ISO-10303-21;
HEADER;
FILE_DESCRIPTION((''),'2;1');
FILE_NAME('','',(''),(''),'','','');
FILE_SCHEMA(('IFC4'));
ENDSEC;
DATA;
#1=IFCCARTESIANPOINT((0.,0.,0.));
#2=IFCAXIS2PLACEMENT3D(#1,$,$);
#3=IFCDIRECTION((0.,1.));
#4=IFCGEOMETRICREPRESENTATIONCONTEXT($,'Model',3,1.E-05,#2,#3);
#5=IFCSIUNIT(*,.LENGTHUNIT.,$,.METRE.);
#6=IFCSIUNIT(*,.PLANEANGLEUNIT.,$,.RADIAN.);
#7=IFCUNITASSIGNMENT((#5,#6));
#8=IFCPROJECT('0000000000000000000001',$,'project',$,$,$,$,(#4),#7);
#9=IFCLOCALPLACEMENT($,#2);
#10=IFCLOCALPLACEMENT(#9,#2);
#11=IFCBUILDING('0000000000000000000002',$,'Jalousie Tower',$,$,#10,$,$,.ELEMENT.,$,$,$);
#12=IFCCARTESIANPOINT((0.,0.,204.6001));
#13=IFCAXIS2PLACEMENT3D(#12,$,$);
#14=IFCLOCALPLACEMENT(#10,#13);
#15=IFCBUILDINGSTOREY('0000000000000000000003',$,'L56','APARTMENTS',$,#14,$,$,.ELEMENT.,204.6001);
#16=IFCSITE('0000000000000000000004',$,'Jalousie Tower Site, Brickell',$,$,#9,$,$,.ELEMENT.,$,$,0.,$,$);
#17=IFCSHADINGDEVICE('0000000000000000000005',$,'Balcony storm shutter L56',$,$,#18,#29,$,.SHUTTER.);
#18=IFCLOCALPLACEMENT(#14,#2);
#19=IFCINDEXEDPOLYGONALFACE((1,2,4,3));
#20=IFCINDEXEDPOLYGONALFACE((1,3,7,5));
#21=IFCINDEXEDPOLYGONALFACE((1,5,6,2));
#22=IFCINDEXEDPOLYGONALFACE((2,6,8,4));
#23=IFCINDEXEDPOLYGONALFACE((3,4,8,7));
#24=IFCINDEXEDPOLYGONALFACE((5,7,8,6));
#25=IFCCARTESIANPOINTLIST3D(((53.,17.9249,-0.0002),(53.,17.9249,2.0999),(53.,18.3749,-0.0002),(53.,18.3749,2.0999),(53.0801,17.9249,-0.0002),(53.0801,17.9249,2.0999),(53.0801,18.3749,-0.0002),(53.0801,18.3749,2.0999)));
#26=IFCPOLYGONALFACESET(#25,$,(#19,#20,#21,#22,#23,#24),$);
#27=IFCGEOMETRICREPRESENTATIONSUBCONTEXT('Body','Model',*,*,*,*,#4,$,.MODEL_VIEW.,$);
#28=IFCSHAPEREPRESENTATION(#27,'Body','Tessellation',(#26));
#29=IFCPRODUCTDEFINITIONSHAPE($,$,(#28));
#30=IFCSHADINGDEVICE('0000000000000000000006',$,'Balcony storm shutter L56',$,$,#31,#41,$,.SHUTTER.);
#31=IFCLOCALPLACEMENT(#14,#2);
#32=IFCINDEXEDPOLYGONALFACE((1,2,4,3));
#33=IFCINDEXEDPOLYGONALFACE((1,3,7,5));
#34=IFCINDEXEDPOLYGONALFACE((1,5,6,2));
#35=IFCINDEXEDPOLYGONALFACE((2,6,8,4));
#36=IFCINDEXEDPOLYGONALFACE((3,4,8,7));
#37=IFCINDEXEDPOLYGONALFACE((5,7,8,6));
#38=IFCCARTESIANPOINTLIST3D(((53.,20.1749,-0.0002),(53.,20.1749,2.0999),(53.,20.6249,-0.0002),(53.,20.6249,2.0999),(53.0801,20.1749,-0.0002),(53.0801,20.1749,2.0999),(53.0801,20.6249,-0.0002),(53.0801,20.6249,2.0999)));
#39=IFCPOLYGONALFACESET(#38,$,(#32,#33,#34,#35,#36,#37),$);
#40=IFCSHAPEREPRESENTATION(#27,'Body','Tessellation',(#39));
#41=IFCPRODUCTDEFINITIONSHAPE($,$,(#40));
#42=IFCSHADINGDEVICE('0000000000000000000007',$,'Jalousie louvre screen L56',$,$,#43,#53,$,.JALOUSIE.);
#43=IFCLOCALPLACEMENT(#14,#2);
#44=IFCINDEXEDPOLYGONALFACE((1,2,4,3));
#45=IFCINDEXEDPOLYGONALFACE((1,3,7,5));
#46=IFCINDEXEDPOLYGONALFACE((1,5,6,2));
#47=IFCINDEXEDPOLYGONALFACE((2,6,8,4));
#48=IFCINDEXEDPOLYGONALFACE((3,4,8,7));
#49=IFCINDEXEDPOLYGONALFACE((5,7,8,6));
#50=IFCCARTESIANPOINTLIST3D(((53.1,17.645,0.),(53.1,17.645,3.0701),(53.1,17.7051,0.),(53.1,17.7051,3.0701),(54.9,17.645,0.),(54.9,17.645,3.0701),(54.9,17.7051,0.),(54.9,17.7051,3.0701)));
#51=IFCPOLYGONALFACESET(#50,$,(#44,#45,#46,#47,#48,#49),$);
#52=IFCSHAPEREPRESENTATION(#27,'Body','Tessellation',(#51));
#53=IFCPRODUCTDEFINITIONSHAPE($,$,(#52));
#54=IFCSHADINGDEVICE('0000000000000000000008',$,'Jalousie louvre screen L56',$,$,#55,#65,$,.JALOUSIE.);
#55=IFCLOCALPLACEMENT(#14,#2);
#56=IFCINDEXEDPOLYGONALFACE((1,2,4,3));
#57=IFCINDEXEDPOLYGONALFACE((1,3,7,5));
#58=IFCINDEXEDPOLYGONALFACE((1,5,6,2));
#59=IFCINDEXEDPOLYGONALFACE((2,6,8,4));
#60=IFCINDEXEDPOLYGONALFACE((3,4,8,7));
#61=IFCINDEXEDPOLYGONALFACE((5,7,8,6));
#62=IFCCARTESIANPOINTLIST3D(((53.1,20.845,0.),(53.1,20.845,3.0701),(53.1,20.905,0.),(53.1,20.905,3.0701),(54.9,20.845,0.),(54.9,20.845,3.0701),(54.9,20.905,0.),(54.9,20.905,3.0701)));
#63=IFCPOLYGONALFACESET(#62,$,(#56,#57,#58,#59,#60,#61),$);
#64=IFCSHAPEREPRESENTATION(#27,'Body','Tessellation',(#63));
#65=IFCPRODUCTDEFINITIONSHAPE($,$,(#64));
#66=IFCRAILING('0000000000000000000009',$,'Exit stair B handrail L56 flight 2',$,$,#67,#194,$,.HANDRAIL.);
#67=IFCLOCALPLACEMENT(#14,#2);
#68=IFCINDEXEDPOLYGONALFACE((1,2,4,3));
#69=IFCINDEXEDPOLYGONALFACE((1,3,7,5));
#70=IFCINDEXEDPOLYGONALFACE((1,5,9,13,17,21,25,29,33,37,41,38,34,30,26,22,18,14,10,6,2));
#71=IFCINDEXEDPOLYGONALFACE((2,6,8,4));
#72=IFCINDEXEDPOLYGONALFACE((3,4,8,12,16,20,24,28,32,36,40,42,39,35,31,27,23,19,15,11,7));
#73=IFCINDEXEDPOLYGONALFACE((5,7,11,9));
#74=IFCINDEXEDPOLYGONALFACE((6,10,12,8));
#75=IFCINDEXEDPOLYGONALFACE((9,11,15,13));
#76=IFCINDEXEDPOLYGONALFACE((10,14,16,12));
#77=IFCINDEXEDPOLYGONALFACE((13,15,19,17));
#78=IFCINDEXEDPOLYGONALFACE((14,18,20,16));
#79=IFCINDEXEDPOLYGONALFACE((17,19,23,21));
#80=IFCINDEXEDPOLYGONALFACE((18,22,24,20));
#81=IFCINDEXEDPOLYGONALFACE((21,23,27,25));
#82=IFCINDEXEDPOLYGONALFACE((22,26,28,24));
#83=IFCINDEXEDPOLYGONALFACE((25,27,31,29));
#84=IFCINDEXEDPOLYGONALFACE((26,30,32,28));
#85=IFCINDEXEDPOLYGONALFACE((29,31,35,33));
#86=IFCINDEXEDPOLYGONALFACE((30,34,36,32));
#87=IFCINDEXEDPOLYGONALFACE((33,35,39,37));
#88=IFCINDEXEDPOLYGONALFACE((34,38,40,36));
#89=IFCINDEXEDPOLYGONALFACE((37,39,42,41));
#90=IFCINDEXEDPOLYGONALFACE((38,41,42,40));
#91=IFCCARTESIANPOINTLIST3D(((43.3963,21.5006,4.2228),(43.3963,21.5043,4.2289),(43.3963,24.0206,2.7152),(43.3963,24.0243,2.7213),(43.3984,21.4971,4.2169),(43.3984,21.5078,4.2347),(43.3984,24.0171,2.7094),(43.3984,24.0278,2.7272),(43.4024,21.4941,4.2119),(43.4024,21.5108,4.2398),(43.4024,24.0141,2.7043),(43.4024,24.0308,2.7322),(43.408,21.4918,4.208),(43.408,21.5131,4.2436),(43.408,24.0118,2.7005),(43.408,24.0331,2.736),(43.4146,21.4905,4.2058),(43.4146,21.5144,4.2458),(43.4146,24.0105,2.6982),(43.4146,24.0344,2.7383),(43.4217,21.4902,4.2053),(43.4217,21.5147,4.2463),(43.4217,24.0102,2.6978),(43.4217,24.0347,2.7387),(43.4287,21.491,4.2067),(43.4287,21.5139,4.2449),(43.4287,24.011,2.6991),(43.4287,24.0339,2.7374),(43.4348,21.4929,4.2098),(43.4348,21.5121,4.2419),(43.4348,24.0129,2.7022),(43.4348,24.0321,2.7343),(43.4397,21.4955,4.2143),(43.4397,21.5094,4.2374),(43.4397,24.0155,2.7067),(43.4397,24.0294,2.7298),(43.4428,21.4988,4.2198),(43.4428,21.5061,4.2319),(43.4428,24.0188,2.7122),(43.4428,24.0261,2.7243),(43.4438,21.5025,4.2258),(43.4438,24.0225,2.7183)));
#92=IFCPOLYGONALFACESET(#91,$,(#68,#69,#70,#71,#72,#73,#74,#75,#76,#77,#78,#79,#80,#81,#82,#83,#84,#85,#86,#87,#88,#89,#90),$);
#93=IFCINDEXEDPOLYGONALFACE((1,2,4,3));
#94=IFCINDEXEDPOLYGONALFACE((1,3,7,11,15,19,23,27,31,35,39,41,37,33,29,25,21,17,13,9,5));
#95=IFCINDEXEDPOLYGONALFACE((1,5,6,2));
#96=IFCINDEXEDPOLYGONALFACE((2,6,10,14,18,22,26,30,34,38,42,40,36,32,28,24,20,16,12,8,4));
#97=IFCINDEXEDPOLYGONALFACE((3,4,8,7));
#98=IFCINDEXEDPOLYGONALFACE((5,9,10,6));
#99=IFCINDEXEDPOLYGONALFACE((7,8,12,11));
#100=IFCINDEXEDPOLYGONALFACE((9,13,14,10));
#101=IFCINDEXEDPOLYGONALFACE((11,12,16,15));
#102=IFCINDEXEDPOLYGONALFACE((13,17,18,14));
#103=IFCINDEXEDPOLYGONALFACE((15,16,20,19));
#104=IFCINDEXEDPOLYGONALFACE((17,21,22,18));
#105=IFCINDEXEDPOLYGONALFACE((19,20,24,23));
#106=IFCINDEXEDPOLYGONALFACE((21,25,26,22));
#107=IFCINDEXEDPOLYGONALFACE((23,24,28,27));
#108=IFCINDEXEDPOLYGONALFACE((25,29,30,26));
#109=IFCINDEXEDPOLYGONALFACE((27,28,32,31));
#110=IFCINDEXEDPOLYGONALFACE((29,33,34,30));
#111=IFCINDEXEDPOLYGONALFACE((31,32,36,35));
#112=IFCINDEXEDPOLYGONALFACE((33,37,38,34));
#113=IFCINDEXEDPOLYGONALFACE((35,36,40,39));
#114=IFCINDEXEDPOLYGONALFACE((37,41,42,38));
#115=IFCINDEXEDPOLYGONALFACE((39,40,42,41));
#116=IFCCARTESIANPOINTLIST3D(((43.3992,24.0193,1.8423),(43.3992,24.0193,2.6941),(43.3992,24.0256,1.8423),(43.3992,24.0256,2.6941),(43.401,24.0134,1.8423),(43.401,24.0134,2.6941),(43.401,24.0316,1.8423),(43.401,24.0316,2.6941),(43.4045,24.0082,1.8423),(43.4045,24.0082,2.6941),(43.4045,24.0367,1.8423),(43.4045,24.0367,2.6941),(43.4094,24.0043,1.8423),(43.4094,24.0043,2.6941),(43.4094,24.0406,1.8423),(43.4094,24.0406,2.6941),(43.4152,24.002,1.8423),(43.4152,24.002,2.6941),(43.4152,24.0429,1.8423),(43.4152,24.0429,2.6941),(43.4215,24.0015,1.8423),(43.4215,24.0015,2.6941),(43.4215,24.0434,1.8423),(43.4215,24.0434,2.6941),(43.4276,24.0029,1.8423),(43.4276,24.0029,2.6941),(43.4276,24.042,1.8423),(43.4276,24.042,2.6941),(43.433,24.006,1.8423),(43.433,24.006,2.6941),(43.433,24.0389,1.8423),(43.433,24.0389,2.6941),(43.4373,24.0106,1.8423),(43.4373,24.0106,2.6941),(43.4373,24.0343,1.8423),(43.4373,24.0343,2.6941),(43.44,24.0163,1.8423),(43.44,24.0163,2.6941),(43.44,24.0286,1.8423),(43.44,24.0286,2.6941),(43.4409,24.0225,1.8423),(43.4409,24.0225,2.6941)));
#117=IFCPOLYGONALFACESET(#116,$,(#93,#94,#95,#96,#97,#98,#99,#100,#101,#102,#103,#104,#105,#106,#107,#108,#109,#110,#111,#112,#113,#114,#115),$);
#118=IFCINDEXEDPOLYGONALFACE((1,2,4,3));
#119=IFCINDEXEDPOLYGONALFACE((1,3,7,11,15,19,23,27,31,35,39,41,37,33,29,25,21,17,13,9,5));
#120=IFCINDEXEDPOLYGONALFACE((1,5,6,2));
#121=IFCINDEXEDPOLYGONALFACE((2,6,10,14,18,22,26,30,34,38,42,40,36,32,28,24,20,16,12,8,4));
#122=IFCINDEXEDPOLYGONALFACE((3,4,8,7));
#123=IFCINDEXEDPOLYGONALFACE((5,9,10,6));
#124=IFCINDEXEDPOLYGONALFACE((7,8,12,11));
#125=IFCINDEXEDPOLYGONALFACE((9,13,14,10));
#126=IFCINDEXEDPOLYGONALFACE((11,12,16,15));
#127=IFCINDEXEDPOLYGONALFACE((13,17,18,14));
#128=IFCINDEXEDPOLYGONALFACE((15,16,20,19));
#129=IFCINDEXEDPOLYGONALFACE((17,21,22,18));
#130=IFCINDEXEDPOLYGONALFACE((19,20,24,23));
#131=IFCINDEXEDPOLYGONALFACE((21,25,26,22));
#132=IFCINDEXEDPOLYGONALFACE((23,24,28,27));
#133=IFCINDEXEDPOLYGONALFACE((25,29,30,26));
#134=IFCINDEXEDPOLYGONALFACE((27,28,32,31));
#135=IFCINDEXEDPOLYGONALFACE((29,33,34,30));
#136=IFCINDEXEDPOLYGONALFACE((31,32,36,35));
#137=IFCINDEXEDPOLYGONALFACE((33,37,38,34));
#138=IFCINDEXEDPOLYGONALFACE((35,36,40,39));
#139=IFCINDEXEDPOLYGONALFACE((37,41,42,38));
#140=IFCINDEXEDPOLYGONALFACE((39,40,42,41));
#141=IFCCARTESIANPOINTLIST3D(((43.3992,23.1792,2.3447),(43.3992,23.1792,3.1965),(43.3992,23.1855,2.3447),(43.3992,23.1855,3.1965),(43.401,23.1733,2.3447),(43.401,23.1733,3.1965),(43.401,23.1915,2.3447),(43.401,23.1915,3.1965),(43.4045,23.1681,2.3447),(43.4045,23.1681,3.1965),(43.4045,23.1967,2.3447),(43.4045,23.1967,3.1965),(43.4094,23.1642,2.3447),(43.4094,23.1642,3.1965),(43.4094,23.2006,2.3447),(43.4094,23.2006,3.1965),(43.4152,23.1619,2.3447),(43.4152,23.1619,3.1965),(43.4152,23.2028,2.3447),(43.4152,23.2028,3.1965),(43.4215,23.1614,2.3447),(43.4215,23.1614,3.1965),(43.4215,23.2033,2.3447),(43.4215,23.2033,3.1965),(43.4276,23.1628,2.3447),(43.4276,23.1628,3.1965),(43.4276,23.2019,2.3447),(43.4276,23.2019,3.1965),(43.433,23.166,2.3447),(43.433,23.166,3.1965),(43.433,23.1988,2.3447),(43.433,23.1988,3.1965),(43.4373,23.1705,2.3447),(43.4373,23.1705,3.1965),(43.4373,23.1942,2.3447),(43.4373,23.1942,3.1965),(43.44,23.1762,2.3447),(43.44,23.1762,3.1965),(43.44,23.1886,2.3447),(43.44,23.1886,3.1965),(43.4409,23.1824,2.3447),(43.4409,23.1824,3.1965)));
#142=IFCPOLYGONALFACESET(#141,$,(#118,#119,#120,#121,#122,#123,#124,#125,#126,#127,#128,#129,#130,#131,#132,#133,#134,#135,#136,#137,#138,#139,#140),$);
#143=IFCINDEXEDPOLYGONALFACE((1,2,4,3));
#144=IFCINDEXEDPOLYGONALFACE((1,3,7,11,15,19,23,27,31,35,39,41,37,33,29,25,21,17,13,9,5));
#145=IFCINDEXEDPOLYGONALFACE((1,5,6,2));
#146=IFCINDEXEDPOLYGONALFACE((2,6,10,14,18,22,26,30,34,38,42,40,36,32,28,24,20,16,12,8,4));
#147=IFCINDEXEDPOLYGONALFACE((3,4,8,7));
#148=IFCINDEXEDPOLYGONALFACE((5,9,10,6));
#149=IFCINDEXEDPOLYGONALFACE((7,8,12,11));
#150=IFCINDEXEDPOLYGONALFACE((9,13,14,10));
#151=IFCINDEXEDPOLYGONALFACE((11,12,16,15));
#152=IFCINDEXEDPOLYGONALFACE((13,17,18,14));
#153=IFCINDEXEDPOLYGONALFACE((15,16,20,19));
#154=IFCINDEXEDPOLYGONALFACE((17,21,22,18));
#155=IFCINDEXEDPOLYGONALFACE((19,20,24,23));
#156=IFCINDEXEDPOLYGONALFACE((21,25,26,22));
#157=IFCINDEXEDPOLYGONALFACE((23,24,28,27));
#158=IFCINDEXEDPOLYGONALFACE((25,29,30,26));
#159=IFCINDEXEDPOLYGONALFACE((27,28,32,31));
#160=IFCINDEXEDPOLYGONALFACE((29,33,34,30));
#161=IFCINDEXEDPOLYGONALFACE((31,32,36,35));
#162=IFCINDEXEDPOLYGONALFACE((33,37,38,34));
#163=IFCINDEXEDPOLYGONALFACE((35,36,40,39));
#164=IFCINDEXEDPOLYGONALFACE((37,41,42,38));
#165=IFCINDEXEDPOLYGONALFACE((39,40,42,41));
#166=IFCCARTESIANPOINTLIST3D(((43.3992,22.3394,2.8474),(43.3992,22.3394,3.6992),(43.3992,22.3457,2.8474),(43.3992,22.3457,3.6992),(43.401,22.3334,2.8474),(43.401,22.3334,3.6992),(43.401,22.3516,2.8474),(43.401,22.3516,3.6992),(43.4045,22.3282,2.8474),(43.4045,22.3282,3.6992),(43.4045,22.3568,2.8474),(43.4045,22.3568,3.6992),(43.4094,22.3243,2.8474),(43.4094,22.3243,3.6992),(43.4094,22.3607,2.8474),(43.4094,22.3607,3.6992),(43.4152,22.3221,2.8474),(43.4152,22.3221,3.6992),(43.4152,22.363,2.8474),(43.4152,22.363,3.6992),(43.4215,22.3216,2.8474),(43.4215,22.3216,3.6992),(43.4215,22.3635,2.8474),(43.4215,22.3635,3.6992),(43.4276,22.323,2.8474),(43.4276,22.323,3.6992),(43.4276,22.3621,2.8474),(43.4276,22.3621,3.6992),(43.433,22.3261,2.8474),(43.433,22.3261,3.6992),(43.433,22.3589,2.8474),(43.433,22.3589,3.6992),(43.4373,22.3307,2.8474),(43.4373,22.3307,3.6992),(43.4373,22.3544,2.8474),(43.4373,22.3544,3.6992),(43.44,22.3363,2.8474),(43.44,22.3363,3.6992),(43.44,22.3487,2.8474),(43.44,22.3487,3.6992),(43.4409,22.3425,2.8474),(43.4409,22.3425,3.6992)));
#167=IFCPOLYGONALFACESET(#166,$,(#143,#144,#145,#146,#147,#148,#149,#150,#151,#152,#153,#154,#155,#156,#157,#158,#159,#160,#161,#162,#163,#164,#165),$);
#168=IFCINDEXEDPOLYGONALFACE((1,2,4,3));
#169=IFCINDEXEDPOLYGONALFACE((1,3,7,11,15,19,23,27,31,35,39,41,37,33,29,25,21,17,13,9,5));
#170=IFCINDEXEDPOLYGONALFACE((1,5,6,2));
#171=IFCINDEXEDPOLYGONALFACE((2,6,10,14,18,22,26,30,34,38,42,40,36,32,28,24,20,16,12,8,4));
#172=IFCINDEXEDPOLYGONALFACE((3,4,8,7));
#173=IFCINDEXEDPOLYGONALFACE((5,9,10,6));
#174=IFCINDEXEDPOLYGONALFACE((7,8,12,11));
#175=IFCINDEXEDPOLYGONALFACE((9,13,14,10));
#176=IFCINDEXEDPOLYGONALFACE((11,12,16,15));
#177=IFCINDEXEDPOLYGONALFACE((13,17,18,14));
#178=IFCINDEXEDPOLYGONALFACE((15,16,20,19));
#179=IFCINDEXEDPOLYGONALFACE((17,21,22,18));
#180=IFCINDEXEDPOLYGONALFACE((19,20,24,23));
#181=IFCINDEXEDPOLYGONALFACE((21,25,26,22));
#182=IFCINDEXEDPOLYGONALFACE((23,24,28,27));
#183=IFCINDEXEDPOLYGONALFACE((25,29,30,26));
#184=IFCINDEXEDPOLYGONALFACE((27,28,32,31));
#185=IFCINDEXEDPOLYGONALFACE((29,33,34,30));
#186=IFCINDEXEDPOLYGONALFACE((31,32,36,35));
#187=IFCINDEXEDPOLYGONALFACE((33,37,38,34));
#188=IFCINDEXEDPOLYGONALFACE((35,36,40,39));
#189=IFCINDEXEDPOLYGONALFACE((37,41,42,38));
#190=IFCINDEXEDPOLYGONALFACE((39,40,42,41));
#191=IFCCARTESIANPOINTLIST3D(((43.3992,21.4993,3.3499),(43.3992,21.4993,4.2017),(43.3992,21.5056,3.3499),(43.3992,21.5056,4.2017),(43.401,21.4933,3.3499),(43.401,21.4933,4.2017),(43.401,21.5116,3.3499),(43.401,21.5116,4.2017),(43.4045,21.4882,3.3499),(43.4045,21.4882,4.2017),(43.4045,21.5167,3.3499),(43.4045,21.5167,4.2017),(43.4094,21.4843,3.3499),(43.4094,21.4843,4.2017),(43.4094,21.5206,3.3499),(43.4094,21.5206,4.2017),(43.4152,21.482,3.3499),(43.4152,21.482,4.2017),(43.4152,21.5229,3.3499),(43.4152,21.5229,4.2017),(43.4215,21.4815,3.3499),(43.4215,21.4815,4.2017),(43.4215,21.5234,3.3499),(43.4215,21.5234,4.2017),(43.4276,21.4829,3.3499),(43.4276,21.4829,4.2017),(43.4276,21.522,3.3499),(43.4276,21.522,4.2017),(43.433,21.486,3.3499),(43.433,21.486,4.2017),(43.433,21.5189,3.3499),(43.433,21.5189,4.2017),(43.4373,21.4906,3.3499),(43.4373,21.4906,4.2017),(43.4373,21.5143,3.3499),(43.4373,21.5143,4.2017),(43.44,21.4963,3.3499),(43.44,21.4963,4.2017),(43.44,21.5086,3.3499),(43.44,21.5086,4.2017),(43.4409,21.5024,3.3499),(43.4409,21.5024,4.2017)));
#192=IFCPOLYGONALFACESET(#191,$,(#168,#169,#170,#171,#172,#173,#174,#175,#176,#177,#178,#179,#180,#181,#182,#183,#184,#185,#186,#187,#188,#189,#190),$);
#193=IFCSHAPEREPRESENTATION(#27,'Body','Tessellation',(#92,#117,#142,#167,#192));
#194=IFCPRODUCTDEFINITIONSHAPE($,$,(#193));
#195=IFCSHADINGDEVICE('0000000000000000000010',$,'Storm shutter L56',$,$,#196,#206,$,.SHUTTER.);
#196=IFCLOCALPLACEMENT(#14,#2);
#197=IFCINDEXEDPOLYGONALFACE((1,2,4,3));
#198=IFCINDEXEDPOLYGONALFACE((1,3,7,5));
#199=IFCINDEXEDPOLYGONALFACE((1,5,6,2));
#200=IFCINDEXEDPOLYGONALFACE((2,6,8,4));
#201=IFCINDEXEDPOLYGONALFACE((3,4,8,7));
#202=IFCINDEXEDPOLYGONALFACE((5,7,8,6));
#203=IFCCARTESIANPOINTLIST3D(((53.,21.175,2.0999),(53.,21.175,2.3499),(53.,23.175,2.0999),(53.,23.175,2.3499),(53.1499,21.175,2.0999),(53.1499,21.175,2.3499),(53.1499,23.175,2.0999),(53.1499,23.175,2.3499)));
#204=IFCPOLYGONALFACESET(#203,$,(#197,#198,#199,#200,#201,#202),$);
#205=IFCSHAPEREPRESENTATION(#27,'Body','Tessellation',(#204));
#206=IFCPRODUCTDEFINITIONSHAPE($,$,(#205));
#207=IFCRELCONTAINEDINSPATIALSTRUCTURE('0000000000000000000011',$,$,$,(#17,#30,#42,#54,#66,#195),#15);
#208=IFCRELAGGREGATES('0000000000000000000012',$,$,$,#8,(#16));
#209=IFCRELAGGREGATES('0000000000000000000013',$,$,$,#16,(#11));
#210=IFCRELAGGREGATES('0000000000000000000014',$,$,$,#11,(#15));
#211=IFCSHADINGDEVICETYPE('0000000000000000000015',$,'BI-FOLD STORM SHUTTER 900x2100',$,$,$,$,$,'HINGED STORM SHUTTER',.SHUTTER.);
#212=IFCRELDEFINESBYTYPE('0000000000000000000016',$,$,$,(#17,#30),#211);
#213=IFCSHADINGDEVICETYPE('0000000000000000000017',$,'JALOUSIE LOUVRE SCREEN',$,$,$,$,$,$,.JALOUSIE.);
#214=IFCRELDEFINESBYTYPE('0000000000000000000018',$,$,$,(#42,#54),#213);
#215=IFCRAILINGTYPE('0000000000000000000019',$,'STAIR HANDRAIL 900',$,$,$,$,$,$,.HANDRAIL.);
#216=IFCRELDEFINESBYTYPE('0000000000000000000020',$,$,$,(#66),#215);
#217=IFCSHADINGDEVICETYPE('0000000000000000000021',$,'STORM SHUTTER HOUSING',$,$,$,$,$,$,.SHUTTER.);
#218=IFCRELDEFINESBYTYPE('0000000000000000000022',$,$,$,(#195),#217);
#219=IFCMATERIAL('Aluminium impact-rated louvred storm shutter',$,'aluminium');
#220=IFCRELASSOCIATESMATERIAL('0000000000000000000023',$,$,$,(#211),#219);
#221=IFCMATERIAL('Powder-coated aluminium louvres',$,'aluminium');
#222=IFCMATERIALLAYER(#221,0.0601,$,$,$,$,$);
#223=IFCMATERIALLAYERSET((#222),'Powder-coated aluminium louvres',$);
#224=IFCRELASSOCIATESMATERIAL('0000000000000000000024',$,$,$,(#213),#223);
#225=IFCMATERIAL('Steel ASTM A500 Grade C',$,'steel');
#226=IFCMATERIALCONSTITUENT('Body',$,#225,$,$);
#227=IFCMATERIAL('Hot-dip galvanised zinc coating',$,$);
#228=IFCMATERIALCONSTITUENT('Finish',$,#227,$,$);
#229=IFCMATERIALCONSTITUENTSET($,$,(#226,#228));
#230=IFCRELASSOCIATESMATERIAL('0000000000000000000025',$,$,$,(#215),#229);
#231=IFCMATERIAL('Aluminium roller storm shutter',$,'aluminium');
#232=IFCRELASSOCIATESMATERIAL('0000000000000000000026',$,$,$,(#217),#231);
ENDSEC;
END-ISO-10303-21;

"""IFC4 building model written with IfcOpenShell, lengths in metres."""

from ifc_helpers import new_model, si_unit, direction, frame, origin, origin_2d, place, context, subcontext, project, spatial, rectangle, circle, extrude, material, layer, layer_set, constituent, constituent_set, type_object, element, save


model = new_model("IFC4")

# Units and contexts
model_context = context("Model", 3, precision=1e-05, world=origin(), true_north=direction((0.0, 1.0)))
body_context = subcontext(model_context, "Body", "Model", "MODEL_VIEW")
ifc_project = project(units=[si_unit("LENGTHUNIT", "METRE"), si_unit("PLANEANGLEUNIT", "RADIAN")], contexts=[model_context])

# Site, building, storey
site_placement = place(None, origin())
site = spatial("IfcSite", under=ifc_project, at=site_placement, Name="Jalousie Tower Site, Brickell", CompositionType="ELEMENT", RefElevation=0.0)
building_placement = place(site_placement, origin())
building = spatial("IfcBuilding", under=site, at=building_placement, Name="Jalousie Tower", CompositionType="ELEMENT")
storey_placement = place(building_placement, frame((0.0, 0.0, 204.6001)))
storey = spatial("IfcBuildingStorey", under=building, at=storey_placement, Name="L56", Description="APARTMENTS", CompositionType="ELEMENT", Elevation=204.6001)

# Shading devices
ifc_material_1 = material(Name="Aluminium impact-rated louvred storm shutter", Category="aluminium")
shading_device_type_1 = type_object("IfcShadingDeviceType", Name="BI-FOLD STORM SHUTTER 900x2100", ElementType="HINGED STORM SHUTTER", PredefinedType="SHUTTER", material=ifc_material_1)
for number, where, z_axis, x_axis, name in (
    (1, (53.04, 18.1499, -0.0002), (0.0, 0.0, 1.0), (0.0, 1.0, 0.0), "Balcony storm shutter L56"),
    (2, (53.04, 20.3999, -0.0002), (0.0, 0.0, 1.0), (0.0, 1.0, 0.0), "Balcony storm shutter L56"),
):
    element("IfcShadingDevice", number, at=place(storey_placement, frame(where, z_axis=z_axis, x_axis=x_axis)), inside=storey, type_object=shading_device_type_1, Name=name, PredefinedType="SHUTTER", context=body_context, shape_type="SweptSolid", body=[
        extrude(rectangle(XDim=0.45, YDim=0.0801, at=origin_2d()), origin(), (0.0, 0.0, 1.0), 2.1001),
    ])

# Shading devices
ifc_material_2 = material(Name="Powder-coated aluminium louvres", Category="aluminium")
ifc_layer_1 = layer(ifc_material_2, 0.0601)
ifc_layer_set_1 = layer_set([ifc_layer_1], Name="Powder-coated aluminium louvres")
shading_device_type_2 = type_object("IfcShadingDeviceType", Name="JALOUSIE LOUVRE SCREEN", PredefinedType="JALOUSIE", material=ifc_layer_set_1)
for number, where, z_axis, x_axis, name in (
    (3, (54.0, 17.675, 0.0), (0.0, 0.0, 1.0), (0.0, 1.0, 0.0), "Jalousie louvre screen L56"),
    (4, (54.0, 20.875, 0.0), (0.0, 0.0, 1.0), (0.0, 1.0, 0.0), "Jalousie louvre screen L56"),
):
    element("IfcShadingDevice", number, at=place(storey_placement, frame(where, z_axis=z_axis, x_axis=x_axis)), inside=storey, type_object=shading_device_type_2, Name=name, PredefinedType="JALOUSIE", context=body_context, shape_type="SweptSolid", body=[
        extrude(rectangle(XDim=0.0601, YDim=1.8, at=origin_2d()), origin(), (0.0, 0.0, 1.0), 3.0701),
    ])

# Railing
ifc_material_3 = material(Name="Steel ASTM A500 Grade C", Category="steel")
ifc_constituent_1 = constituent(ifc_material_3, Name="Body")
ifc_material_4 = material(Name="Hot-dip galvanised zinc coating")
ifc_constituent_2 = constituent(ifc_material_4, Name="Finish")
ifc_constituent_set_1 = constituent_set(constituents=[ifc_constituent_1, ifc_constituent_2])
railing_type_1 = type_object("IfcRailingType", Name="STAIR HANDRAIL 900", PredefinedType="HANDRAIL", material=ifc_constituent_set_1)
railing_1_placement = place(storey_placement, frame((43.4199, 24.0225, 1.8423)))
element("IfcRailing", 5, at=railing_1_placement, inside=storey, type_object=railing_type_1, Name="Exit stair B handrail L56 flight 2", PredefinedType="HANDRAIL", context=body_context, shape_type="SweptSolid", body=[
    extrude(circle(Radius=0.0239, at=origin_2d()), frame((0.0, 0.0, 0.876), z_axis=(0.0, -0.85816, 0.513383), x_axis=(1.0, 0.0, 0.0)), (0.0, 0.0, 1.0), 2.9365),
    extrude(circle(Radius=0.021, at=origin_2d()), origin(), (0.0, 0.0, 1.0), 0.8518),
    extrude(circle(Radius=0.021, at=origin_2d()), frame((0.0, -0.8401, 0.5024)), (0.0, 0.0, 1.0), 0.8518),
    extrude(circle(Radius=0.021, at=origin_2d()), frame((0.0, -1.6799, 1.0051)), (0.0, 0.0, 1.0), 0.8518),
    extrude(circle(Radius=0.021, at=origin_2d()), frame((0.0, -2.52, 1.5076)), (0.0, 0.0, 1.0), 0.8518),
])

# Shading device
ifc_material_5 = material(Name="Aluminium roller storm shutter", Category="aluminium")
shading_device_type_3 = type_object("IfcShadingDeviceType", Name="STORM SHUTTER HOUSING", PredefinedType="SHUTTER", material=ifc_material_5)
shading_device_placement = place(storey_placement, frame((53.075, 22.175, 2.0999), z_axis=(0.0, 0.0, 1.0), x_axis=(0.0, 1.0, 0.0)))
element("IfcShadingDevice", 6, at=shading_device_placement, inside=storey, type_object=shading_device_type_3, Name="Storm shutter L56", PredefinedType="SHUTTER", context=body_context, shape_type="SweptSolid", body=[
    extrude(rectangle(XDim=2.0, YDim=0.1499, at=origin_2d()), origin(), (0.0, 0.0, 1.0), 0.25),
])

save(model, "model.ifc")
